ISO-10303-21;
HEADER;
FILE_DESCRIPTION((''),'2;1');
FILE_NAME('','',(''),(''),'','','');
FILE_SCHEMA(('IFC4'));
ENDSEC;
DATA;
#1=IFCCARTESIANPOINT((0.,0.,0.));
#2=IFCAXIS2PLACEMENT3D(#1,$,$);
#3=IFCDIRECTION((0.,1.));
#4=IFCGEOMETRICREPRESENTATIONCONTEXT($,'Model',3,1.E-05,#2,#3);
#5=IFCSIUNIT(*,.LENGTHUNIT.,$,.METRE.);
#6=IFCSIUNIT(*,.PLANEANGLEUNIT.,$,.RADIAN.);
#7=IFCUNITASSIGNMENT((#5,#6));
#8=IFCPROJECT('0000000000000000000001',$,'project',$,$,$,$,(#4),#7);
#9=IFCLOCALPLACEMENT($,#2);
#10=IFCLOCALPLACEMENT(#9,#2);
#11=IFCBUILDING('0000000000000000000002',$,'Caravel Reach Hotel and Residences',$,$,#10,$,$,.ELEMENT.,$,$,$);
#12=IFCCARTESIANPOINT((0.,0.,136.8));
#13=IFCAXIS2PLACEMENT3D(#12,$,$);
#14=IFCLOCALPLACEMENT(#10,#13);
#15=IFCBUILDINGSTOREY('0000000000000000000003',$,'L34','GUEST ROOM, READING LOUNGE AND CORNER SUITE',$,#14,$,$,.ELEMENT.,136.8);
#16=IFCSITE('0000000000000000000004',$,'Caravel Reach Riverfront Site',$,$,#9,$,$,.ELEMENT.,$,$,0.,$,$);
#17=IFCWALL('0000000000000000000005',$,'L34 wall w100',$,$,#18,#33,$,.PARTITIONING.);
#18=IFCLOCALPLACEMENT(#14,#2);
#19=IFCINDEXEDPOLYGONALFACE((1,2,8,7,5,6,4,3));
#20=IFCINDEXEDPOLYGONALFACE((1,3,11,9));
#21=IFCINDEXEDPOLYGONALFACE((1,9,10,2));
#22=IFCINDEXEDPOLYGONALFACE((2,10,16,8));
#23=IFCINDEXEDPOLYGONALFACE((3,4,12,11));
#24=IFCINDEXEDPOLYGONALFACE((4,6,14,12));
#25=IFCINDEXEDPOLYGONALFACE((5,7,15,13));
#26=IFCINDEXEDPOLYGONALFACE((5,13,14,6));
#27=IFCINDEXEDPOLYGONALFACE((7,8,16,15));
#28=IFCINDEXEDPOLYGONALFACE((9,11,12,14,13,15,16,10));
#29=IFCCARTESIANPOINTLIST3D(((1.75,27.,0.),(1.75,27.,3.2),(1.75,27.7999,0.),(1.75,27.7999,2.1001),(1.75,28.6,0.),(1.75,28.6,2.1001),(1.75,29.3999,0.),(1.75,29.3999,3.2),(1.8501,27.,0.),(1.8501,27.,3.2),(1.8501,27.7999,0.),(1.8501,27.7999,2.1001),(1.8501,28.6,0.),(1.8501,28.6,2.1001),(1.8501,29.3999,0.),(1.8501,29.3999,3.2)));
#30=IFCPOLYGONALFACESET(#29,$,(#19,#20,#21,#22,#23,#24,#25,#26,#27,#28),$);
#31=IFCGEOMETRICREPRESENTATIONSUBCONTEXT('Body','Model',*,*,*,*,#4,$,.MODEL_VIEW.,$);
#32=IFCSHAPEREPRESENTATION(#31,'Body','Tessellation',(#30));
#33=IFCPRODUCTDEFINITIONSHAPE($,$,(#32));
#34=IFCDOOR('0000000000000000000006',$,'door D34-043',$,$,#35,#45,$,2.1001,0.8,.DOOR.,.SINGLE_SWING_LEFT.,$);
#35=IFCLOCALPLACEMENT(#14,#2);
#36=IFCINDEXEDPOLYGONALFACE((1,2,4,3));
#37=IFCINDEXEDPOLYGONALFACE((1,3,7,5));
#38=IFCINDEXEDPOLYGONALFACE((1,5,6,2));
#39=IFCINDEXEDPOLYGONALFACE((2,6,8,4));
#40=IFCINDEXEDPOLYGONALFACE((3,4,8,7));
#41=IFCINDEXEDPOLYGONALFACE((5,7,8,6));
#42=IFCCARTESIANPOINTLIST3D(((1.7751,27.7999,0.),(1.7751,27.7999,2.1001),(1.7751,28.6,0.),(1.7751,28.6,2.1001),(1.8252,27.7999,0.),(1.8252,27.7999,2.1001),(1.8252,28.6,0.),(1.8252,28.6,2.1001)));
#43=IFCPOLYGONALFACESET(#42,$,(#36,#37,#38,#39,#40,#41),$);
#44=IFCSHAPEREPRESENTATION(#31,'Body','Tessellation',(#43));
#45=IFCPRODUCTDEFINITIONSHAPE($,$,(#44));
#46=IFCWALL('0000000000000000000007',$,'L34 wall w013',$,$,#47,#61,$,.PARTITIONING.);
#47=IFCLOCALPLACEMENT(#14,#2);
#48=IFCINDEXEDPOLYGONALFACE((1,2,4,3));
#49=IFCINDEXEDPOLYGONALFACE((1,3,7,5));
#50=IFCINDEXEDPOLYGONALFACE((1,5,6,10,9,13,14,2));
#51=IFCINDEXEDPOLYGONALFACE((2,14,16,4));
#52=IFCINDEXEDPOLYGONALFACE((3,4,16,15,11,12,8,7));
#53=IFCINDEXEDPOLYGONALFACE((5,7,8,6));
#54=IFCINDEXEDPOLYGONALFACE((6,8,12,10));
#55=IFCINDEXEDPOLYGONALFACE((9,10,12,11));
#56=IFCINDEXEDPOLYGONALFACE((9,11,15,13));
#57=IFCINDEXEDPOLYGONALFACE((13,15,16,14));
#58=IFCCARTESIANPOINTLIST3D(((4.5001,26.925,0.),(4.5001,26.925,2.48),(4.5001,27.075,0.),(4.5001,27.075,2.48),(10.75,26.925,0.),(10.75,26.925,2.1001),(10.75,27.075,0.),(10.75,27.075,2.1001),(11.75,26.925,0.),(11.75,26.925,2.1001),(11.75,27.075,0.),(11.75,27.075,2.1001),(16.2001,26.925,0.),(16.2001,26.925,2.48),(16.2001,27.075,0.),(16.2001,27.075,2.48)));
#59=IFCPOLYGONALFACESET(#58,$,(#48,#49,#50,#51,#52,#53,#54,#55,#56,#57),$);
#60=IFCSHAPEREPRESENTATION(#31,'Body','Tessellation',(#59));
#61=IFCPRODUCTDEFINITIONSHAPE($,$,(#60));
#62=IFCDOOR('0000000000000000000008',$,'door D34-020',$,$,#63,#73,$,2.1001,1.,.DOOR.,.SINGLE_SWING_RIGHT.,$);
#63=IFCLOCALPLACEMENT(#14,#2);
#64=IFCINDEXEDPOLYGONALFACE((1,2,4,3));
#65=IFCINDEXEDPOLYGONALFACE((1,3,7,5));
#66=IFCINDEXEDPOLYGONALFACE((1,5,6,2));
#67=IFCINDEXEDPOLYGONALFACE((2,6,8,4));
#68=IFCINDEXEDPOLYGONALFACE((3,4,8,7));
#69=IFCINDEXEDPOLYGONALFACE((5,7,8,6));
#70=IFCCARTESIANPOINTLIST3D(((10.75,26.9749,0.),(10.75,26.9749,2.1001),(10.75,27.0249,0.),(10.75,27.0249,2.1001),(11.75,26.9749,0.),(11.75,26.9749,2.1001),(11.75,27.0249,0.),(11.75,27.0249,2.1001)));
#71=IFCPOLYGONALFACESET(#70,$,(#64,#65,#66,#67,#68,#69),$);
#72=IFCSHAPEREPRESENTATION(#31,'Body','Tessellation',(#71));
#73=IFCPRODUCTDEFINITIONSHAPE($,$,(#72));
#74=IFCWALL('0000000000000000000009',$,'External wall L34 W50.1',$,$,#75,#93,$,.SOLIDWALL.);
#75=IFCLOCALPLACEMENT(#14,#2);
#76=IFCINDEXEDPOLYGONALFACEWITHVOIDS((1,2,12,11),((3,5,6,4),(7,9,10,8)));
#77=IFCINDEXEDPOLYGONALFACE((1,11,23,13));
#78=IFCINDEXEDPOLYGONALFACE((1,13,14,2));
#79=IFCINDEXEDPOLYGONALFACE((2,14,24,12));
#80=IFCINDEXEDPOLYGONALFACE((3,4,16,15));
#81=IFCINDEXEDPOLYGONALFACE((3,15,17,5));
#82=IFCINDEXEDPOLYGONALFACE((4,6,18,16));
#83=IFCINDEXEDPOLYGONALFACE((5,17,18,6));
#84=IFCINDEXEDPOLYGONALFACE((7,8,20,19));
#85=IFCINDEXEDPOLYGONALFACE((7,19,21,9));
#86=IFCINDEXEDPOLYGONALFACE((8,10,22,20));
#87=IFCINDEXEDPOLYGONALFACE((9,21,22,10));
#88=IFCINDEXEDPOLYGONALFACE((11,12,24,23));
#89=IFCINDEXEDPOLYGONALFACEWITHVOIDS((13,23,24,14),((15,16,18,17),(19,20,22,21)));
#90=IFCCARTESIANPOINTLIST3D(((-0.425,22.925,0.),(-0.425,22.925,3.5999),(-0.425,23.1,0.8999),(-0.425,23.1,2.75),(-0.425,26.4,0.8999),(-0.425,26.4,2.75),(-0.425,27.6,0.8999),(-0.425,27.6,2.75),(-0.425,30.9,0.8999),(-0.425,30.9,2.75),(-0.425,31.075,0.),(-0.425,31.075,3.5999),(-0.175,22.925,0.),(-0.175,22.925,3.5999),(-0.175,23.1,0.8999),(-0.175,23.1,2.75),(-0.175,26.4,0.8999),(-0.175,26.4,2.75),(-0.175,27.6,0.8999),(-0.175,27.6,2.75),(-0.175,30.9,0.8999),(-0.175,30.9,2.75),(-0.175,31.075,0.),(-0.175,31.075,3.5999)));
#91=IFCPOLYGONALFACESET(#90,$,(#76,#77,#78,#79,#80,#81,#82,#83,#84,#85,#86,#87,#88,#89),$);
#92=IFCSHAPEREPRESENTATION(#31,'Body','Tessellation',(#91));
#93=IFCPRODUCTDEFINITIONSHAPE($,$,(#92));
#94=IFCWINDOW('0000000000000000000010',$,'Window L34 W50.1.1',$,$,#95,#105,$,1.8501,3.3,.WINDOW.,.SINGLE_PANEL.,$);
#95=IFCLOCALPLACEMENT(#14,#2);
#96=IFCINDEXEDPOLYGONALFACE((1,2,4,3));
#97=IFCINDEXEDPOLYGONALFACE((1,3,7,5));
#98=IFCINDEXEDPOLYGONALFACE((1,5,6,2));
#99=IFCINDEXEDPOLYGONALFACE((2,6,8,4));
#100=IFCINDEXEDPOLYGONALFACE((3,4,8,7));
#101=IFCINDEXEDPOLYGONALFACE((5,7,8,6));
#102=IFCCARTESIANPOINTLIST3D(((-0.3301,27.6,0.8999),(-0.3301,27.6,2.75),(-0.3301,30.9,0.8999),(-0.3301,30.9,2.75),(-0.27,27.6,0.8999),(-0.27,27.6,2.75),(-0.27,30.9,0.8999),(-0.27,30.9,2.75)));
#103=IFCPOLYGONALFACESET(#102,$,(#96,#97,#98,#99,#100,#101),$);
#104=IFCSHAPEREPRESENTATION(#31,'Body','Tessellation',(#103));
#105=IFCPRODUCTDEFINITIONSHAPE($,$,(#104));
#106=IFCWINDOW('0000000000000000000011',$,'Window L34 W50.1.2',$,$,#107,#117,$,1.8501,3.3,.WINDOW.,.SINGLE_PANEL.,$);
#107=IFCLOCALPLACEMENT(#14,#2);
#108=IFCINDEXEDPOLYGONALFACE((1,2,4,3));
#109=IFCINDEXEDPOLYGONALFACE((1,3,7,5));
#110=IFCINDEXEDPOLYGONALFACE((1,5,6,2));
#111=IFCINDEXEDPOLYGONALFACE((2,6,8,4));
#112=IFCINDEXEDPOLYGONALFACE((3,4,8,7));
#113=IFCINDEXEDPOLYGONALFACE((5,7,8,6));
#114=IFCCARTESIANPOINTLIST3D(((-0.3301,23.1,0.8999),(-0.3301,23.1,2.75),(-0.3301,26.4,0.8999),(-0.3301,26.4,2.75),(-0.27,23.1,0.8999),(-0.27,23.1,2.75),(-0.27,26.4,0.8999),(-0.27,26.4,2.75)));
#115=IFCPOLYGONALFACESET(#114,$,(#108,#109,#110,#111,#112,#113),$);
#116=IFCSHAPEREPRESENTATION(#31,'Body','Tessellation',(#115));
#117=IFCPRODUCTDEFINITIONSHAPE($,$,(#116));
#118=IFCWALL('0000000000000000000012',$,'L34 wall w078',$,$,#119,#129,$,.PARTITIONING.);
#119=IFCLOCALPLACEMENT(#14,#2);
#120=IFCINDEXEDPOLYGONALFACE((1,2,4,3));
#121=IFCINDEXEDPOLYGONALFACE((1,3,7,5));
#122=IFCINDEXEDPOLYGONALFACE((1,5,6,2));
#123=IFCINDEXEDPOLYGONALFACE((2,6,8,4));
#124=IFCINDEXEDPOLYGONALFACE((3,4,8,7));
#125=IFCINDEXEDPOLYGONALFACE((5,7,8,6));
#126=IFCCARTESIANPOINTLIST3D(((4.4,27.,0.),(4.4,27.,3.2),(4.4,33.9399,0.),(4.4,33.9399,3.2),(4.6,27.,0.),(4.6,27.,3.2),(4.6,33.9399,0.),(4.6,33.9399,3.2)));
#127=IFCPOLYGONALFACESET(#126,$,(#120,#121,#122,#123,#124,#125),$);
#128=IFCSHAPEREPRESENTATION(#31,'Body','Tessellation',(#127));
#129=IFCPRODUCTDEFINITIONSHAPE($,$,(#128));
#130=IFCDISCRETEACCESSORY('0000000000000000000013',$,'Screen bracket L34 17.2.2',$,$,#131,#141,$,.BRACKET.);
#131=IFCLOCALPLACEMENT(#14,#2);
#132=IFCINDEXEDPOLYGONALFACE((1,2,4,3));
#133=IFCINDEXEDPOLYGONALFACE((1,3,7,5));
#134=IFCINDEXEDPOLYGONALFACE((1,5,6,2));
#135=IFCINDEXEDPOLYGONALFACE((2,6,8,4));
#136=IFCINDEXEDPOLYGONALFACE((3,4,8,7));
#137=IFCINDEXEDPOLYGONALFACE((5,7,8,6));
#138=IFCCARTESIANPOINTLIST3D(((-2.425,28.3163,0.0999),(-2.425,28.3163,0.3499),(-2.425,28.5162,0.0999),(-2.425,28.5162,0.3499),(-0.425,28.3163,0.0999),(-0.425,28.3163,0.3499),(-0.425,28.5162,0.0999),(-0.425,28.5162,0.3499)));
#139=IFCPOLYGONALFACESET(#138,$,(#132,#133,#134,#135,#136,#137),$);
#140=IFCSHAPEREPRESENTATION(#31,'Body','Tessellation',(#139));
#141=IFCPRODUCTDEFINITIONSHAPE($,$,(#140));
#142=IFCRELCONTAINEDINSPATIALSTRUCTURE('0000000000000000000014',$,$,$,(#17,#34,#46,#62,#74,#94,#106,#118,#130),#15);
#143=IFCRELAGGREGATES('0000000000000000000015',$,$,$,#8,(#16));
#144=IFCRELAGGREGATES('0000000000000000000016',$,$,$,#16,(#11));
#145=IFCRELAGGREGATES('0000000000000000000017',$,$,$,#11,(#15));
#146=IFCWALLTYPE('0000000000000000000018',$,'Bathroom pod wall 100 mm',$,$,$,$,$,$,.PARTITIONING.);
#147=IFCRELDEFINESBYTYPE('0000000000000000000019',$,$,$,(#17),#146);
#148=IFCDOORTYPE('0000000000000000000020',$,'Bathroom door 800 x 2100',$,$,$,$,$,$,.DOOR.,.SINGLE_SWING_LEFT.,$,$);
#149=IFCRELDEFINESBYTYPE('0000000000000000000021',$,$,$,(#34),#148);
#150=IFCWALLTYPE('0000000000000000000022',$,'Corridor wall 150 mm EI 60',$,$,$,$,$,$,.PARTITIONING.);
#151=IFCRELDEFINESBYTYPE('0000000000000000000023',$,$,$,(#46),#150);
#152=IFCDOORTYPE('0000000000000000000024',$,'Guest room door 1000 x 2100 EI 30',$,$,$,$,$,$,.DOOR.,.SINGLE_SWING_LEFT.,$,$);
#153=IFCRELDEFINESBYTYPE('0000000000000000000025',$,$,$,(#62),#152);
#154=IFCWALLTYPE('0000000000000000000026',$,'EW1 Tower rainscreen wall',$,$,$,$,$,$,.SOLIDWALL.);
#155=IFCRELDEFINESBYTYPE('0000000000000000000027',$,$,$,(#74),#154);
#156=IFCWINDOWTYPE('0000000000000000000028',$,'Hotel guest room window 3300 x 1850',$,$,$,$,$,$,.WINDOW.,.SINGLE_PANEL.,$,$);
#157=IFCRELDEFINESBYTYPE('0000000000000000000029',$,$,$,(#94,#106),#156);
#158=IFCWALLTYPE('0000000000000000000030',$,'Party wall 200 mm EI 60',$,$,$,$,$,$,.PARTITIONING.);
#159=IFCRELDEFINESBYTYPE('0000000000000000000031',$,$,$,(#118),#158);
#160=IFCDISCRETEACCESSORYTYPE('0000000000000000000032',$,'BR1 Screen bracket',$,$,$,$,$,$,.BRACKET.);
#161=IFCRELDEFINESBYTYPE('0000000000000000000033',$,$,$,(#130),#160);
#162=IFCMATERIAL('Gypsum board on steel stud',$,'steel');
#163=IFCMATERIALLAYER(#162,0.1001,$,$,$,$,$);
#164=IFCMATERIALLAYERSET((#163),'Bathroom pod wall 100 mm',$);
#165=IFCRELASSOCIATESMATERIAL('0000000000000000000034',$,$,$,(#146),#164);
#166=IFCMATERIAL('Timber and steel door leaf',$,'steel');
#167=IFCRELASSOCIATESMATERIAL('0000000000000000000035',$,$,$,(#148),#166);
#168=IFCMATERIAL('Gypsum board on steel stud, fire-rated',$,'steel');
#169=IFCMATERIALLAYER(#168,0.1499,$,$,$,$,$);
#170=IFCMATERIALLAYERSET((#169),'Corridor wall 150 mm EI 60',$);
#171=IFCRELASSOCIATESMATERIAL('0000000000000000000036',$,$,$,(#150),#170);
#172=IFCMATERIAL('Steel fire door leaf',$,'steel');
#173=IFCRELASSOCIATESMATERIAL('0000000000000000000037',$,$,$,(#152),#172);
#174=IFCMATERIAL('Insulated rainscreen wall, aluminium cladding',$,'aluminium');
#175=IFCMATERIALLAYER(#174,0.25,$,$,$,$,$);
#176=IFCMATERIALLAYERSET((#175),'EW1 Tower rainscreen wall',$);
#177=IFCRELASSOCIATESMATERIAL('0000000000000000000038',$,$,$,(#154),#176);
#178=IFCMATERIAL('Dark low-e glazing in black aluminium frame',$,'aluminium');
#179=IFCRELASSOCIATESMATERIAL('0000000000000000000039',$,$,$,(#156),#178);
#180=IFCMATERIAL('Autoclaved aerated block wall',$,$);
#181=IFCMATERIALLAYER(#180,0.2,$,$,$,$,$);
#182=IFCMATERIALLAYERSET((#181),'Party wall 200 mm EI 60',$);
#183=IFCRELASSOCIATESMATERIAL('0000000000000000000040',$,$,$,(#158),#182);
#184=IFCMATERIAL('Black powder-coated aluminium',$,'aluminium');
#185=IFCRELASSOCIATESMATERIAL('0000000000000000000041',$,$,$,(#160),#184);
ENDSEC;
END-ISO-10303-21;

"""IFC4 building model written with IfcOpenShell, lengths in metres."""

from ifc_helpers import new_model, si_unit, direction, frame, frame_2d, origin, origin_2d, place, context, subcontext, project, spatial, rectangle, extrude, material, layer, layer_set, type_object, element, fill, save


model = new_model("IFC4")

# Units and contexts
model_context = context("Model", 3, precision=1e-05, world=origin(), true_north=direction((0.0, 1.0)))
body_context = subcontext(model_context, "Body", "Model", "MODEL_VIEW")
ifc_project = project(units=[si_unit("LENGTHUNIT", "METRE"), si_unit("PLANEANGLEUNIT", "RADIAN")], contexts=[model_context])

# Site, building, storey
site_placement = place(None, origin())
site = spatial("IfcSite", under=ifc_project, at=site_placement, Name="Caravel Reach Riverfront Site", CompositionType="ELEMENT", RefElevation=0.0)
building_placement = place(site_placement, origin())
building = spatial("IfcBuilding", under=site, at=building_placement, Name="Caravel Reach Hotel and Residences", CompositionType="ELEMENT")
storey_placement = place(building_placement, frame((0.0, 0.0, 136.8)))
storey = spatial("IfcBuildingStorey", under=building, at=storey_placement, Name="L34", Description="GUEST ROOM, READING LOUNGE AND CORNER SUITE", CompositionType="ELEMENT", Elevation=136.8)

# Shared definitions
ifc_material_1 = material(Name="Gypsum board on steel stud", Category="steel")
ifc_layer_1 = layer(ifc_material_1, 0.1001)
ifc_layer_set_1 = layer_set([ifc_layer_1], Name="Bathroom pod wall 100 mm")
wall_type_1 = type_object("IfcWallType", Name="Bathroom pod wall 100 mm", PredefinedType="PARTITIONING", material=ifc_layer_set_1)

# Walls, openings, doors
ifc_material_2 = material(Name="Timber and steel door leaf", Category="steel")
door_type_1 = type_object("IfcDoorType", Name="Bathroom door 800 x 2100", OperationType="SINGLE_SWING_LEFT", PredefinedType="DOOR", material=ifc_material_2)
wall_1_placement = place(storey_placement, frame((1.8, 27.0, 0.0), z_axis=(0.0, 0.0, 1.0), x_axis=(0.0, 1.0, 0.0)))
wall_1 = element("IfcWall", 1, at=wall_1_placement, inside=storey, type_object=wall_type_1, Name="L34 wall w100", PredefinedType="PARTITIONING", context=body_context, shape_type="SweptSolid", body=[
    extrude(rectangle(XDim=2.3999, YDim=0.1001, at=frame_2d((1.2, 0.0))), origin(), (0.0, 0.0, 1.0), 3.2),
])
opening_1_placement = place(wall_1_placement, frame((0.8, 0.0, 0.0)))
opening_1 = element("IfcOpeningElement", 2, at=opening_1_placement, cuts=wall_1, PredefinedType="OPENING", context=body_context, shape_type="SweptSolid", body=[
    extrude(rectangle(XDim=0.8, YDim=2.1001, at=frame_2d((0.3999, 1.05))), frame((0.0, 0.0601, 0.0), z_axis=(0.0, -1.0, 0.0), x_axis=(1.0, 0.0, 0.0)), (0.0, 0.0, 1.0), 0.1201),
])
door_1_placement = place(opening_1_placement, origin())
door_1 = element("IfcDoor", 3, at=door_1_placement, inside=storey, type_object=door_type_1, Name="door D34-043", OperationType="SINGLE_SWING_LEFT", OverallHeight=2.1001, OverallWidth=0.8, PredefinedType="DOOR", context=body_context, shape_type="SweptSolid", body=[
    extrude(rectangle(XDim=0.8, YDim=2.1001, at=frame_2d((0.3999, 1.05))), frame((0.0, 0.0249, 0.0), z_axis=(0.0, -1.0, 0.0), x_axis=(1.0, 0.0, 0.0)), (0.0, 0.0, 1.0), 0.05),
])
fill(opening_1, door_1)
ifc_material_3 = material(Name="Gypsum board on steel stud, fire-rated", Category="steel")
ifc_layer_2 = layer(ifc_material_3, 0.1499)
ifc_layer_set_2 = layer_set([ifc_layer_2], Name="Corridor wall 150 mm EI 60")
wall_type_2 = type_object("IfcWallType", Name="Corridor wall 150 mm EI 60", PredefinedType="PARTITIONING", material=ifc_layer_set_2)
wall_2_placement = place(storey_placement, frame((4.5, 27.0, 0.0), z_axis=(0.0, 0.0, 1.0), x_axis=(1.0, 0.0, 0.0)))
wall_2 = element("IfcWall", 4, at=wall_2_placement, inside=storey, type_object=wall_type_2, Name="L34 wall w013", PredefinedType="PARTITIONING", context=body_context, shape_type="SweptSolid", body=[
    extrude(rectangle(XDim=11.7, YDim=0.1499, at=frame_2d((5.8501, 0.0))), origin(), (0.0, 0.0, 1.0), 2.48),
])
opening_2_placement = place(wall_2_placement, frame((6.25, 0.0, 0.0)))
opening_2 = element("IfcOpeningElement", 5, at=opening_2_placement, cuts=wall_2, PredefinedType="OPENING", context=body_context, shape_type="SweptSolid", body=[
    extrude(rectangle(XDim=1.0, YDim=2.1001, at=frame_2d((0.5, 1.05))), frame((0.0, 0.085, 0.0), z_axis=(0.0, -1.0, 0.0), x_axis=(1.0, 0.0, 0.0)), (0.0, 0.0, 1.0), 0.1699),
])
ifc_material_4 = material(Name="Steel fire door leaf", Category="steel")
door_type_2 = type_object("IfcDoorType", Name="Guest room door 1000 x 2100 EI 30", OperationType="SINGLE_SWING_LEFT", PredefinedType="DOOR", material=ifc_material_4)
door_2_placement = place(opening_2_placement, origin())
door_2 = element("IfcDoor", 6, at=door_2_placement, inside=storey, type_object=door_type_2, Name="door D34-020", OperationType="SINGLE_SWING_RIGHT", OverallHeight=2.1001, OverallWidth=1.0, PredefinedType="DOOR", context=body_context, shape_type="SweptSolid", body=[
    extrude(rectangle(XDim=1.0, YDim=2.1001, at=frame_2d((0.5, 1.05))), frame((0.0, 0.0249, 0.0), z_axis=(0.0, -1.0, 0.0), x_axis=(1.0, 0.0, 0.0)), (0.0, 0.0, 1.0), 0.05),
])
fill(opening_2, door_2)

# Wall, openings, windows
ifc_material_5 = material(Name="Insulated rainscreen wall, aluminium cladding", Category="aluminium")
ifc_layer_3 = layer(ifc_material_5, 0.25)
ifc_layer_set_3 = layer_set([ifc_layer_3], Name="EW1 Tower rainscreen wall")
wall_type_3 = type_object("IfcWallType", Name="EW1 Tower rainscreen wall", PredefinedType="SOLIDWALL", material=ifc_layer_set_3)
wall_3_placement = place(storey_placement, frame((-0.3, 31.075, 0.0), z_axis=(0.0, 0.0, 1.0), x_axis=(0.0, -1.0, 0.0)))
wall_3 = element("IfcWall", 7, at=wall_3_placement, inside=storey, type_object=wall_type_3, Name="External wall L34 W50.1", PredefinedType="SOLIDWALL", context=body_context, shape_type="SweptSolid", body=[
    extrude(rectangle(XDim=8.1499, YDim=0.25, at=frame_2d((4.075, 0.0))), origin(), (0.0, 0.0, 1.0), 3.5999),
])
opening_3_placement = place(wall_3_placement, frame((0.175, 0.0, 0.8999)))
opening_3 = element("IfcOpeningElement", 8, at=opening_3_placement, cuts=wall_3, PredefinedType="OPENING", context=body_context, shape_type="SweptSolid", body=[
    extrude(rectangle(XDim=3.3, YDim=1.8501, at=frame_2d((1.6499, 0.925))), frame((0.0, 0.135, 0.0), z_axis=(0.0, -1.0, 0.0), x_axis=(1.0, 0.0, 0.0)), (0.0, 0.0, 1.0), 0.27),
])
opening_4_placement = place(wall_3_placement, frame((4.675, 0.0, 0.8999)))
opening_4 = element("IfcOpeningElement", 9, at=opening_4_placement, cuts=wall_3, PredefinedType="OPENING", context=body_context, shape_type="SweptSolid", body=[
    extrude(rectangle(XDim=3.3, YDim=1.8501, at=frame_2d((1.6499, 0.925))), frame((0.0, 0.135, 0.0), z_axis=(0.0, -1.0, 0.0), x_axis=(1.0, 0.0, 0.0)), (0.0, 0.0, 1.0), 0.27),
])
ifc_material_6 = material(Name="Dark low-e glazing in black aluminium frame", Category="aluminium")
window_type = type_object("IfcWindowType", Name="Hotel guest room window 3300 x 1850", PartitioningType="SINGLE_PANEL", PredefinedType="WINDOW", material=ifc_material_6)
window_1_placement = place(opening_3_placement, origin())
window_1 = element("IfcWindow", 10, at=window_1_placement, inside=storey, type_object=window_type, Name="Window L34 W50.1.1", OverallHeight=1.8501, OverallWidth=3.3, PartitioningType="SINGLE_PANEL", PredefinedType="WINDOW", context=body_context, shape_type="SweptSolid", body=[
    extrude(rectangle(XDim=3.3, YDim=1.8501, at=frame_2d((1.6499, 0.925))), frame((0.0, 0.03, 0.0), z_axis=(0.0, -1.0, 0.0), x_axis=(1.0, 0.0, 0.0)), (0.0, 0.0, 1.0), 0.0601),
])
fill(opening_3, window_1)
window_2_placement = place(opening_4_placement, origin())
window_2 = element("IfcWindow", 11, at=window_2_placement, inside=storey, type_object=window_type, Name="Window L34 W50.1.2", OverallHeight=1.8501, OverallWidth=3.3, PartitioningType="SINGLE_PANEL", PredefinedType="WINDOW", context=body_context, shape_type="SweptSolid", body=[
    extrude(rectangle(XDim=3.3, YDim=1.8501, at=frame_2d((1.6499, 0.925))), frame((0.0, 0.03, 0.0), z_axis=(0.0, -1.0, 0.0), x_axis=(1.0, 0.0, 0.0)), (0.0, 0.0, 1.0), 0.0601),
])
fill(opening_4, window_2)

# Wall
ifc_material_7 = material(Name="Autoclaved aerated block wall")
ifc_layer_4 = layer(ifc_material_7, 0.2)
ifc_layer_set_4 = layer_set([ifc_layer_4], Name="Party wall 200 mm EI 60")
wall_type_4 = type_object("IfcWallType", Name="Party wall 200 mm EI 60", PredefinedType="PARTITIONING", material=ifc_layer_set_4)
wall_4_placement = place(storey_placement, frame((4.5, 27.0, 0.0), z_axis=(0.0, 0.0, 1.0), x_axis=(0.0, 1.0, 0.0)))
element("IfcWall", 12, at=wall_4_placement, inside=storey, type_object=wall_type_4, Name="L34 wall w078", PredefinedType="PARTITIONING", context=body_context, shape_type="SweptSolid", body=[
    extrude(rectangle(XDim=6.9399, YDim=0.2, at=frame_2d((3.47, 0.0))), origin(), (0.0, 0.0, 1.0), 3.2),
])

# Discrete accessory
ifc_material_8 = material(Name="Black powder-coated aluminium", Category="aluminium")
discrete_accessory_type = type_object("IfcDiscreteAccessoryType", Name="BR1 Screen bracket", PredefinedType="BRACKET", material=ifc_material_8)
discrete_accessory_placement = place(storey_placement, frame((-1.425, 28.4163, 0.0999), z_axis=(0.0, 0.0, 1.0), x_axis=(-1.0, 0.0, 0.0)))
element("IfcDiscreteAccessory", 13, at=discrete_accessory_placement, inside=storey, type_object=discrete_accessory_type, Name="Screen bracket L34 17.2.2", PredefinedType="BRACKET", context=body_context, shape_type="SweptSolid", body=[
    extrude(rectangle(XDim=2.0, YDim=0.2, at=origin_2d()), origin(), (0.0, 0.0, 1.0), 0.25),
])

save(model, "model.ifc")
